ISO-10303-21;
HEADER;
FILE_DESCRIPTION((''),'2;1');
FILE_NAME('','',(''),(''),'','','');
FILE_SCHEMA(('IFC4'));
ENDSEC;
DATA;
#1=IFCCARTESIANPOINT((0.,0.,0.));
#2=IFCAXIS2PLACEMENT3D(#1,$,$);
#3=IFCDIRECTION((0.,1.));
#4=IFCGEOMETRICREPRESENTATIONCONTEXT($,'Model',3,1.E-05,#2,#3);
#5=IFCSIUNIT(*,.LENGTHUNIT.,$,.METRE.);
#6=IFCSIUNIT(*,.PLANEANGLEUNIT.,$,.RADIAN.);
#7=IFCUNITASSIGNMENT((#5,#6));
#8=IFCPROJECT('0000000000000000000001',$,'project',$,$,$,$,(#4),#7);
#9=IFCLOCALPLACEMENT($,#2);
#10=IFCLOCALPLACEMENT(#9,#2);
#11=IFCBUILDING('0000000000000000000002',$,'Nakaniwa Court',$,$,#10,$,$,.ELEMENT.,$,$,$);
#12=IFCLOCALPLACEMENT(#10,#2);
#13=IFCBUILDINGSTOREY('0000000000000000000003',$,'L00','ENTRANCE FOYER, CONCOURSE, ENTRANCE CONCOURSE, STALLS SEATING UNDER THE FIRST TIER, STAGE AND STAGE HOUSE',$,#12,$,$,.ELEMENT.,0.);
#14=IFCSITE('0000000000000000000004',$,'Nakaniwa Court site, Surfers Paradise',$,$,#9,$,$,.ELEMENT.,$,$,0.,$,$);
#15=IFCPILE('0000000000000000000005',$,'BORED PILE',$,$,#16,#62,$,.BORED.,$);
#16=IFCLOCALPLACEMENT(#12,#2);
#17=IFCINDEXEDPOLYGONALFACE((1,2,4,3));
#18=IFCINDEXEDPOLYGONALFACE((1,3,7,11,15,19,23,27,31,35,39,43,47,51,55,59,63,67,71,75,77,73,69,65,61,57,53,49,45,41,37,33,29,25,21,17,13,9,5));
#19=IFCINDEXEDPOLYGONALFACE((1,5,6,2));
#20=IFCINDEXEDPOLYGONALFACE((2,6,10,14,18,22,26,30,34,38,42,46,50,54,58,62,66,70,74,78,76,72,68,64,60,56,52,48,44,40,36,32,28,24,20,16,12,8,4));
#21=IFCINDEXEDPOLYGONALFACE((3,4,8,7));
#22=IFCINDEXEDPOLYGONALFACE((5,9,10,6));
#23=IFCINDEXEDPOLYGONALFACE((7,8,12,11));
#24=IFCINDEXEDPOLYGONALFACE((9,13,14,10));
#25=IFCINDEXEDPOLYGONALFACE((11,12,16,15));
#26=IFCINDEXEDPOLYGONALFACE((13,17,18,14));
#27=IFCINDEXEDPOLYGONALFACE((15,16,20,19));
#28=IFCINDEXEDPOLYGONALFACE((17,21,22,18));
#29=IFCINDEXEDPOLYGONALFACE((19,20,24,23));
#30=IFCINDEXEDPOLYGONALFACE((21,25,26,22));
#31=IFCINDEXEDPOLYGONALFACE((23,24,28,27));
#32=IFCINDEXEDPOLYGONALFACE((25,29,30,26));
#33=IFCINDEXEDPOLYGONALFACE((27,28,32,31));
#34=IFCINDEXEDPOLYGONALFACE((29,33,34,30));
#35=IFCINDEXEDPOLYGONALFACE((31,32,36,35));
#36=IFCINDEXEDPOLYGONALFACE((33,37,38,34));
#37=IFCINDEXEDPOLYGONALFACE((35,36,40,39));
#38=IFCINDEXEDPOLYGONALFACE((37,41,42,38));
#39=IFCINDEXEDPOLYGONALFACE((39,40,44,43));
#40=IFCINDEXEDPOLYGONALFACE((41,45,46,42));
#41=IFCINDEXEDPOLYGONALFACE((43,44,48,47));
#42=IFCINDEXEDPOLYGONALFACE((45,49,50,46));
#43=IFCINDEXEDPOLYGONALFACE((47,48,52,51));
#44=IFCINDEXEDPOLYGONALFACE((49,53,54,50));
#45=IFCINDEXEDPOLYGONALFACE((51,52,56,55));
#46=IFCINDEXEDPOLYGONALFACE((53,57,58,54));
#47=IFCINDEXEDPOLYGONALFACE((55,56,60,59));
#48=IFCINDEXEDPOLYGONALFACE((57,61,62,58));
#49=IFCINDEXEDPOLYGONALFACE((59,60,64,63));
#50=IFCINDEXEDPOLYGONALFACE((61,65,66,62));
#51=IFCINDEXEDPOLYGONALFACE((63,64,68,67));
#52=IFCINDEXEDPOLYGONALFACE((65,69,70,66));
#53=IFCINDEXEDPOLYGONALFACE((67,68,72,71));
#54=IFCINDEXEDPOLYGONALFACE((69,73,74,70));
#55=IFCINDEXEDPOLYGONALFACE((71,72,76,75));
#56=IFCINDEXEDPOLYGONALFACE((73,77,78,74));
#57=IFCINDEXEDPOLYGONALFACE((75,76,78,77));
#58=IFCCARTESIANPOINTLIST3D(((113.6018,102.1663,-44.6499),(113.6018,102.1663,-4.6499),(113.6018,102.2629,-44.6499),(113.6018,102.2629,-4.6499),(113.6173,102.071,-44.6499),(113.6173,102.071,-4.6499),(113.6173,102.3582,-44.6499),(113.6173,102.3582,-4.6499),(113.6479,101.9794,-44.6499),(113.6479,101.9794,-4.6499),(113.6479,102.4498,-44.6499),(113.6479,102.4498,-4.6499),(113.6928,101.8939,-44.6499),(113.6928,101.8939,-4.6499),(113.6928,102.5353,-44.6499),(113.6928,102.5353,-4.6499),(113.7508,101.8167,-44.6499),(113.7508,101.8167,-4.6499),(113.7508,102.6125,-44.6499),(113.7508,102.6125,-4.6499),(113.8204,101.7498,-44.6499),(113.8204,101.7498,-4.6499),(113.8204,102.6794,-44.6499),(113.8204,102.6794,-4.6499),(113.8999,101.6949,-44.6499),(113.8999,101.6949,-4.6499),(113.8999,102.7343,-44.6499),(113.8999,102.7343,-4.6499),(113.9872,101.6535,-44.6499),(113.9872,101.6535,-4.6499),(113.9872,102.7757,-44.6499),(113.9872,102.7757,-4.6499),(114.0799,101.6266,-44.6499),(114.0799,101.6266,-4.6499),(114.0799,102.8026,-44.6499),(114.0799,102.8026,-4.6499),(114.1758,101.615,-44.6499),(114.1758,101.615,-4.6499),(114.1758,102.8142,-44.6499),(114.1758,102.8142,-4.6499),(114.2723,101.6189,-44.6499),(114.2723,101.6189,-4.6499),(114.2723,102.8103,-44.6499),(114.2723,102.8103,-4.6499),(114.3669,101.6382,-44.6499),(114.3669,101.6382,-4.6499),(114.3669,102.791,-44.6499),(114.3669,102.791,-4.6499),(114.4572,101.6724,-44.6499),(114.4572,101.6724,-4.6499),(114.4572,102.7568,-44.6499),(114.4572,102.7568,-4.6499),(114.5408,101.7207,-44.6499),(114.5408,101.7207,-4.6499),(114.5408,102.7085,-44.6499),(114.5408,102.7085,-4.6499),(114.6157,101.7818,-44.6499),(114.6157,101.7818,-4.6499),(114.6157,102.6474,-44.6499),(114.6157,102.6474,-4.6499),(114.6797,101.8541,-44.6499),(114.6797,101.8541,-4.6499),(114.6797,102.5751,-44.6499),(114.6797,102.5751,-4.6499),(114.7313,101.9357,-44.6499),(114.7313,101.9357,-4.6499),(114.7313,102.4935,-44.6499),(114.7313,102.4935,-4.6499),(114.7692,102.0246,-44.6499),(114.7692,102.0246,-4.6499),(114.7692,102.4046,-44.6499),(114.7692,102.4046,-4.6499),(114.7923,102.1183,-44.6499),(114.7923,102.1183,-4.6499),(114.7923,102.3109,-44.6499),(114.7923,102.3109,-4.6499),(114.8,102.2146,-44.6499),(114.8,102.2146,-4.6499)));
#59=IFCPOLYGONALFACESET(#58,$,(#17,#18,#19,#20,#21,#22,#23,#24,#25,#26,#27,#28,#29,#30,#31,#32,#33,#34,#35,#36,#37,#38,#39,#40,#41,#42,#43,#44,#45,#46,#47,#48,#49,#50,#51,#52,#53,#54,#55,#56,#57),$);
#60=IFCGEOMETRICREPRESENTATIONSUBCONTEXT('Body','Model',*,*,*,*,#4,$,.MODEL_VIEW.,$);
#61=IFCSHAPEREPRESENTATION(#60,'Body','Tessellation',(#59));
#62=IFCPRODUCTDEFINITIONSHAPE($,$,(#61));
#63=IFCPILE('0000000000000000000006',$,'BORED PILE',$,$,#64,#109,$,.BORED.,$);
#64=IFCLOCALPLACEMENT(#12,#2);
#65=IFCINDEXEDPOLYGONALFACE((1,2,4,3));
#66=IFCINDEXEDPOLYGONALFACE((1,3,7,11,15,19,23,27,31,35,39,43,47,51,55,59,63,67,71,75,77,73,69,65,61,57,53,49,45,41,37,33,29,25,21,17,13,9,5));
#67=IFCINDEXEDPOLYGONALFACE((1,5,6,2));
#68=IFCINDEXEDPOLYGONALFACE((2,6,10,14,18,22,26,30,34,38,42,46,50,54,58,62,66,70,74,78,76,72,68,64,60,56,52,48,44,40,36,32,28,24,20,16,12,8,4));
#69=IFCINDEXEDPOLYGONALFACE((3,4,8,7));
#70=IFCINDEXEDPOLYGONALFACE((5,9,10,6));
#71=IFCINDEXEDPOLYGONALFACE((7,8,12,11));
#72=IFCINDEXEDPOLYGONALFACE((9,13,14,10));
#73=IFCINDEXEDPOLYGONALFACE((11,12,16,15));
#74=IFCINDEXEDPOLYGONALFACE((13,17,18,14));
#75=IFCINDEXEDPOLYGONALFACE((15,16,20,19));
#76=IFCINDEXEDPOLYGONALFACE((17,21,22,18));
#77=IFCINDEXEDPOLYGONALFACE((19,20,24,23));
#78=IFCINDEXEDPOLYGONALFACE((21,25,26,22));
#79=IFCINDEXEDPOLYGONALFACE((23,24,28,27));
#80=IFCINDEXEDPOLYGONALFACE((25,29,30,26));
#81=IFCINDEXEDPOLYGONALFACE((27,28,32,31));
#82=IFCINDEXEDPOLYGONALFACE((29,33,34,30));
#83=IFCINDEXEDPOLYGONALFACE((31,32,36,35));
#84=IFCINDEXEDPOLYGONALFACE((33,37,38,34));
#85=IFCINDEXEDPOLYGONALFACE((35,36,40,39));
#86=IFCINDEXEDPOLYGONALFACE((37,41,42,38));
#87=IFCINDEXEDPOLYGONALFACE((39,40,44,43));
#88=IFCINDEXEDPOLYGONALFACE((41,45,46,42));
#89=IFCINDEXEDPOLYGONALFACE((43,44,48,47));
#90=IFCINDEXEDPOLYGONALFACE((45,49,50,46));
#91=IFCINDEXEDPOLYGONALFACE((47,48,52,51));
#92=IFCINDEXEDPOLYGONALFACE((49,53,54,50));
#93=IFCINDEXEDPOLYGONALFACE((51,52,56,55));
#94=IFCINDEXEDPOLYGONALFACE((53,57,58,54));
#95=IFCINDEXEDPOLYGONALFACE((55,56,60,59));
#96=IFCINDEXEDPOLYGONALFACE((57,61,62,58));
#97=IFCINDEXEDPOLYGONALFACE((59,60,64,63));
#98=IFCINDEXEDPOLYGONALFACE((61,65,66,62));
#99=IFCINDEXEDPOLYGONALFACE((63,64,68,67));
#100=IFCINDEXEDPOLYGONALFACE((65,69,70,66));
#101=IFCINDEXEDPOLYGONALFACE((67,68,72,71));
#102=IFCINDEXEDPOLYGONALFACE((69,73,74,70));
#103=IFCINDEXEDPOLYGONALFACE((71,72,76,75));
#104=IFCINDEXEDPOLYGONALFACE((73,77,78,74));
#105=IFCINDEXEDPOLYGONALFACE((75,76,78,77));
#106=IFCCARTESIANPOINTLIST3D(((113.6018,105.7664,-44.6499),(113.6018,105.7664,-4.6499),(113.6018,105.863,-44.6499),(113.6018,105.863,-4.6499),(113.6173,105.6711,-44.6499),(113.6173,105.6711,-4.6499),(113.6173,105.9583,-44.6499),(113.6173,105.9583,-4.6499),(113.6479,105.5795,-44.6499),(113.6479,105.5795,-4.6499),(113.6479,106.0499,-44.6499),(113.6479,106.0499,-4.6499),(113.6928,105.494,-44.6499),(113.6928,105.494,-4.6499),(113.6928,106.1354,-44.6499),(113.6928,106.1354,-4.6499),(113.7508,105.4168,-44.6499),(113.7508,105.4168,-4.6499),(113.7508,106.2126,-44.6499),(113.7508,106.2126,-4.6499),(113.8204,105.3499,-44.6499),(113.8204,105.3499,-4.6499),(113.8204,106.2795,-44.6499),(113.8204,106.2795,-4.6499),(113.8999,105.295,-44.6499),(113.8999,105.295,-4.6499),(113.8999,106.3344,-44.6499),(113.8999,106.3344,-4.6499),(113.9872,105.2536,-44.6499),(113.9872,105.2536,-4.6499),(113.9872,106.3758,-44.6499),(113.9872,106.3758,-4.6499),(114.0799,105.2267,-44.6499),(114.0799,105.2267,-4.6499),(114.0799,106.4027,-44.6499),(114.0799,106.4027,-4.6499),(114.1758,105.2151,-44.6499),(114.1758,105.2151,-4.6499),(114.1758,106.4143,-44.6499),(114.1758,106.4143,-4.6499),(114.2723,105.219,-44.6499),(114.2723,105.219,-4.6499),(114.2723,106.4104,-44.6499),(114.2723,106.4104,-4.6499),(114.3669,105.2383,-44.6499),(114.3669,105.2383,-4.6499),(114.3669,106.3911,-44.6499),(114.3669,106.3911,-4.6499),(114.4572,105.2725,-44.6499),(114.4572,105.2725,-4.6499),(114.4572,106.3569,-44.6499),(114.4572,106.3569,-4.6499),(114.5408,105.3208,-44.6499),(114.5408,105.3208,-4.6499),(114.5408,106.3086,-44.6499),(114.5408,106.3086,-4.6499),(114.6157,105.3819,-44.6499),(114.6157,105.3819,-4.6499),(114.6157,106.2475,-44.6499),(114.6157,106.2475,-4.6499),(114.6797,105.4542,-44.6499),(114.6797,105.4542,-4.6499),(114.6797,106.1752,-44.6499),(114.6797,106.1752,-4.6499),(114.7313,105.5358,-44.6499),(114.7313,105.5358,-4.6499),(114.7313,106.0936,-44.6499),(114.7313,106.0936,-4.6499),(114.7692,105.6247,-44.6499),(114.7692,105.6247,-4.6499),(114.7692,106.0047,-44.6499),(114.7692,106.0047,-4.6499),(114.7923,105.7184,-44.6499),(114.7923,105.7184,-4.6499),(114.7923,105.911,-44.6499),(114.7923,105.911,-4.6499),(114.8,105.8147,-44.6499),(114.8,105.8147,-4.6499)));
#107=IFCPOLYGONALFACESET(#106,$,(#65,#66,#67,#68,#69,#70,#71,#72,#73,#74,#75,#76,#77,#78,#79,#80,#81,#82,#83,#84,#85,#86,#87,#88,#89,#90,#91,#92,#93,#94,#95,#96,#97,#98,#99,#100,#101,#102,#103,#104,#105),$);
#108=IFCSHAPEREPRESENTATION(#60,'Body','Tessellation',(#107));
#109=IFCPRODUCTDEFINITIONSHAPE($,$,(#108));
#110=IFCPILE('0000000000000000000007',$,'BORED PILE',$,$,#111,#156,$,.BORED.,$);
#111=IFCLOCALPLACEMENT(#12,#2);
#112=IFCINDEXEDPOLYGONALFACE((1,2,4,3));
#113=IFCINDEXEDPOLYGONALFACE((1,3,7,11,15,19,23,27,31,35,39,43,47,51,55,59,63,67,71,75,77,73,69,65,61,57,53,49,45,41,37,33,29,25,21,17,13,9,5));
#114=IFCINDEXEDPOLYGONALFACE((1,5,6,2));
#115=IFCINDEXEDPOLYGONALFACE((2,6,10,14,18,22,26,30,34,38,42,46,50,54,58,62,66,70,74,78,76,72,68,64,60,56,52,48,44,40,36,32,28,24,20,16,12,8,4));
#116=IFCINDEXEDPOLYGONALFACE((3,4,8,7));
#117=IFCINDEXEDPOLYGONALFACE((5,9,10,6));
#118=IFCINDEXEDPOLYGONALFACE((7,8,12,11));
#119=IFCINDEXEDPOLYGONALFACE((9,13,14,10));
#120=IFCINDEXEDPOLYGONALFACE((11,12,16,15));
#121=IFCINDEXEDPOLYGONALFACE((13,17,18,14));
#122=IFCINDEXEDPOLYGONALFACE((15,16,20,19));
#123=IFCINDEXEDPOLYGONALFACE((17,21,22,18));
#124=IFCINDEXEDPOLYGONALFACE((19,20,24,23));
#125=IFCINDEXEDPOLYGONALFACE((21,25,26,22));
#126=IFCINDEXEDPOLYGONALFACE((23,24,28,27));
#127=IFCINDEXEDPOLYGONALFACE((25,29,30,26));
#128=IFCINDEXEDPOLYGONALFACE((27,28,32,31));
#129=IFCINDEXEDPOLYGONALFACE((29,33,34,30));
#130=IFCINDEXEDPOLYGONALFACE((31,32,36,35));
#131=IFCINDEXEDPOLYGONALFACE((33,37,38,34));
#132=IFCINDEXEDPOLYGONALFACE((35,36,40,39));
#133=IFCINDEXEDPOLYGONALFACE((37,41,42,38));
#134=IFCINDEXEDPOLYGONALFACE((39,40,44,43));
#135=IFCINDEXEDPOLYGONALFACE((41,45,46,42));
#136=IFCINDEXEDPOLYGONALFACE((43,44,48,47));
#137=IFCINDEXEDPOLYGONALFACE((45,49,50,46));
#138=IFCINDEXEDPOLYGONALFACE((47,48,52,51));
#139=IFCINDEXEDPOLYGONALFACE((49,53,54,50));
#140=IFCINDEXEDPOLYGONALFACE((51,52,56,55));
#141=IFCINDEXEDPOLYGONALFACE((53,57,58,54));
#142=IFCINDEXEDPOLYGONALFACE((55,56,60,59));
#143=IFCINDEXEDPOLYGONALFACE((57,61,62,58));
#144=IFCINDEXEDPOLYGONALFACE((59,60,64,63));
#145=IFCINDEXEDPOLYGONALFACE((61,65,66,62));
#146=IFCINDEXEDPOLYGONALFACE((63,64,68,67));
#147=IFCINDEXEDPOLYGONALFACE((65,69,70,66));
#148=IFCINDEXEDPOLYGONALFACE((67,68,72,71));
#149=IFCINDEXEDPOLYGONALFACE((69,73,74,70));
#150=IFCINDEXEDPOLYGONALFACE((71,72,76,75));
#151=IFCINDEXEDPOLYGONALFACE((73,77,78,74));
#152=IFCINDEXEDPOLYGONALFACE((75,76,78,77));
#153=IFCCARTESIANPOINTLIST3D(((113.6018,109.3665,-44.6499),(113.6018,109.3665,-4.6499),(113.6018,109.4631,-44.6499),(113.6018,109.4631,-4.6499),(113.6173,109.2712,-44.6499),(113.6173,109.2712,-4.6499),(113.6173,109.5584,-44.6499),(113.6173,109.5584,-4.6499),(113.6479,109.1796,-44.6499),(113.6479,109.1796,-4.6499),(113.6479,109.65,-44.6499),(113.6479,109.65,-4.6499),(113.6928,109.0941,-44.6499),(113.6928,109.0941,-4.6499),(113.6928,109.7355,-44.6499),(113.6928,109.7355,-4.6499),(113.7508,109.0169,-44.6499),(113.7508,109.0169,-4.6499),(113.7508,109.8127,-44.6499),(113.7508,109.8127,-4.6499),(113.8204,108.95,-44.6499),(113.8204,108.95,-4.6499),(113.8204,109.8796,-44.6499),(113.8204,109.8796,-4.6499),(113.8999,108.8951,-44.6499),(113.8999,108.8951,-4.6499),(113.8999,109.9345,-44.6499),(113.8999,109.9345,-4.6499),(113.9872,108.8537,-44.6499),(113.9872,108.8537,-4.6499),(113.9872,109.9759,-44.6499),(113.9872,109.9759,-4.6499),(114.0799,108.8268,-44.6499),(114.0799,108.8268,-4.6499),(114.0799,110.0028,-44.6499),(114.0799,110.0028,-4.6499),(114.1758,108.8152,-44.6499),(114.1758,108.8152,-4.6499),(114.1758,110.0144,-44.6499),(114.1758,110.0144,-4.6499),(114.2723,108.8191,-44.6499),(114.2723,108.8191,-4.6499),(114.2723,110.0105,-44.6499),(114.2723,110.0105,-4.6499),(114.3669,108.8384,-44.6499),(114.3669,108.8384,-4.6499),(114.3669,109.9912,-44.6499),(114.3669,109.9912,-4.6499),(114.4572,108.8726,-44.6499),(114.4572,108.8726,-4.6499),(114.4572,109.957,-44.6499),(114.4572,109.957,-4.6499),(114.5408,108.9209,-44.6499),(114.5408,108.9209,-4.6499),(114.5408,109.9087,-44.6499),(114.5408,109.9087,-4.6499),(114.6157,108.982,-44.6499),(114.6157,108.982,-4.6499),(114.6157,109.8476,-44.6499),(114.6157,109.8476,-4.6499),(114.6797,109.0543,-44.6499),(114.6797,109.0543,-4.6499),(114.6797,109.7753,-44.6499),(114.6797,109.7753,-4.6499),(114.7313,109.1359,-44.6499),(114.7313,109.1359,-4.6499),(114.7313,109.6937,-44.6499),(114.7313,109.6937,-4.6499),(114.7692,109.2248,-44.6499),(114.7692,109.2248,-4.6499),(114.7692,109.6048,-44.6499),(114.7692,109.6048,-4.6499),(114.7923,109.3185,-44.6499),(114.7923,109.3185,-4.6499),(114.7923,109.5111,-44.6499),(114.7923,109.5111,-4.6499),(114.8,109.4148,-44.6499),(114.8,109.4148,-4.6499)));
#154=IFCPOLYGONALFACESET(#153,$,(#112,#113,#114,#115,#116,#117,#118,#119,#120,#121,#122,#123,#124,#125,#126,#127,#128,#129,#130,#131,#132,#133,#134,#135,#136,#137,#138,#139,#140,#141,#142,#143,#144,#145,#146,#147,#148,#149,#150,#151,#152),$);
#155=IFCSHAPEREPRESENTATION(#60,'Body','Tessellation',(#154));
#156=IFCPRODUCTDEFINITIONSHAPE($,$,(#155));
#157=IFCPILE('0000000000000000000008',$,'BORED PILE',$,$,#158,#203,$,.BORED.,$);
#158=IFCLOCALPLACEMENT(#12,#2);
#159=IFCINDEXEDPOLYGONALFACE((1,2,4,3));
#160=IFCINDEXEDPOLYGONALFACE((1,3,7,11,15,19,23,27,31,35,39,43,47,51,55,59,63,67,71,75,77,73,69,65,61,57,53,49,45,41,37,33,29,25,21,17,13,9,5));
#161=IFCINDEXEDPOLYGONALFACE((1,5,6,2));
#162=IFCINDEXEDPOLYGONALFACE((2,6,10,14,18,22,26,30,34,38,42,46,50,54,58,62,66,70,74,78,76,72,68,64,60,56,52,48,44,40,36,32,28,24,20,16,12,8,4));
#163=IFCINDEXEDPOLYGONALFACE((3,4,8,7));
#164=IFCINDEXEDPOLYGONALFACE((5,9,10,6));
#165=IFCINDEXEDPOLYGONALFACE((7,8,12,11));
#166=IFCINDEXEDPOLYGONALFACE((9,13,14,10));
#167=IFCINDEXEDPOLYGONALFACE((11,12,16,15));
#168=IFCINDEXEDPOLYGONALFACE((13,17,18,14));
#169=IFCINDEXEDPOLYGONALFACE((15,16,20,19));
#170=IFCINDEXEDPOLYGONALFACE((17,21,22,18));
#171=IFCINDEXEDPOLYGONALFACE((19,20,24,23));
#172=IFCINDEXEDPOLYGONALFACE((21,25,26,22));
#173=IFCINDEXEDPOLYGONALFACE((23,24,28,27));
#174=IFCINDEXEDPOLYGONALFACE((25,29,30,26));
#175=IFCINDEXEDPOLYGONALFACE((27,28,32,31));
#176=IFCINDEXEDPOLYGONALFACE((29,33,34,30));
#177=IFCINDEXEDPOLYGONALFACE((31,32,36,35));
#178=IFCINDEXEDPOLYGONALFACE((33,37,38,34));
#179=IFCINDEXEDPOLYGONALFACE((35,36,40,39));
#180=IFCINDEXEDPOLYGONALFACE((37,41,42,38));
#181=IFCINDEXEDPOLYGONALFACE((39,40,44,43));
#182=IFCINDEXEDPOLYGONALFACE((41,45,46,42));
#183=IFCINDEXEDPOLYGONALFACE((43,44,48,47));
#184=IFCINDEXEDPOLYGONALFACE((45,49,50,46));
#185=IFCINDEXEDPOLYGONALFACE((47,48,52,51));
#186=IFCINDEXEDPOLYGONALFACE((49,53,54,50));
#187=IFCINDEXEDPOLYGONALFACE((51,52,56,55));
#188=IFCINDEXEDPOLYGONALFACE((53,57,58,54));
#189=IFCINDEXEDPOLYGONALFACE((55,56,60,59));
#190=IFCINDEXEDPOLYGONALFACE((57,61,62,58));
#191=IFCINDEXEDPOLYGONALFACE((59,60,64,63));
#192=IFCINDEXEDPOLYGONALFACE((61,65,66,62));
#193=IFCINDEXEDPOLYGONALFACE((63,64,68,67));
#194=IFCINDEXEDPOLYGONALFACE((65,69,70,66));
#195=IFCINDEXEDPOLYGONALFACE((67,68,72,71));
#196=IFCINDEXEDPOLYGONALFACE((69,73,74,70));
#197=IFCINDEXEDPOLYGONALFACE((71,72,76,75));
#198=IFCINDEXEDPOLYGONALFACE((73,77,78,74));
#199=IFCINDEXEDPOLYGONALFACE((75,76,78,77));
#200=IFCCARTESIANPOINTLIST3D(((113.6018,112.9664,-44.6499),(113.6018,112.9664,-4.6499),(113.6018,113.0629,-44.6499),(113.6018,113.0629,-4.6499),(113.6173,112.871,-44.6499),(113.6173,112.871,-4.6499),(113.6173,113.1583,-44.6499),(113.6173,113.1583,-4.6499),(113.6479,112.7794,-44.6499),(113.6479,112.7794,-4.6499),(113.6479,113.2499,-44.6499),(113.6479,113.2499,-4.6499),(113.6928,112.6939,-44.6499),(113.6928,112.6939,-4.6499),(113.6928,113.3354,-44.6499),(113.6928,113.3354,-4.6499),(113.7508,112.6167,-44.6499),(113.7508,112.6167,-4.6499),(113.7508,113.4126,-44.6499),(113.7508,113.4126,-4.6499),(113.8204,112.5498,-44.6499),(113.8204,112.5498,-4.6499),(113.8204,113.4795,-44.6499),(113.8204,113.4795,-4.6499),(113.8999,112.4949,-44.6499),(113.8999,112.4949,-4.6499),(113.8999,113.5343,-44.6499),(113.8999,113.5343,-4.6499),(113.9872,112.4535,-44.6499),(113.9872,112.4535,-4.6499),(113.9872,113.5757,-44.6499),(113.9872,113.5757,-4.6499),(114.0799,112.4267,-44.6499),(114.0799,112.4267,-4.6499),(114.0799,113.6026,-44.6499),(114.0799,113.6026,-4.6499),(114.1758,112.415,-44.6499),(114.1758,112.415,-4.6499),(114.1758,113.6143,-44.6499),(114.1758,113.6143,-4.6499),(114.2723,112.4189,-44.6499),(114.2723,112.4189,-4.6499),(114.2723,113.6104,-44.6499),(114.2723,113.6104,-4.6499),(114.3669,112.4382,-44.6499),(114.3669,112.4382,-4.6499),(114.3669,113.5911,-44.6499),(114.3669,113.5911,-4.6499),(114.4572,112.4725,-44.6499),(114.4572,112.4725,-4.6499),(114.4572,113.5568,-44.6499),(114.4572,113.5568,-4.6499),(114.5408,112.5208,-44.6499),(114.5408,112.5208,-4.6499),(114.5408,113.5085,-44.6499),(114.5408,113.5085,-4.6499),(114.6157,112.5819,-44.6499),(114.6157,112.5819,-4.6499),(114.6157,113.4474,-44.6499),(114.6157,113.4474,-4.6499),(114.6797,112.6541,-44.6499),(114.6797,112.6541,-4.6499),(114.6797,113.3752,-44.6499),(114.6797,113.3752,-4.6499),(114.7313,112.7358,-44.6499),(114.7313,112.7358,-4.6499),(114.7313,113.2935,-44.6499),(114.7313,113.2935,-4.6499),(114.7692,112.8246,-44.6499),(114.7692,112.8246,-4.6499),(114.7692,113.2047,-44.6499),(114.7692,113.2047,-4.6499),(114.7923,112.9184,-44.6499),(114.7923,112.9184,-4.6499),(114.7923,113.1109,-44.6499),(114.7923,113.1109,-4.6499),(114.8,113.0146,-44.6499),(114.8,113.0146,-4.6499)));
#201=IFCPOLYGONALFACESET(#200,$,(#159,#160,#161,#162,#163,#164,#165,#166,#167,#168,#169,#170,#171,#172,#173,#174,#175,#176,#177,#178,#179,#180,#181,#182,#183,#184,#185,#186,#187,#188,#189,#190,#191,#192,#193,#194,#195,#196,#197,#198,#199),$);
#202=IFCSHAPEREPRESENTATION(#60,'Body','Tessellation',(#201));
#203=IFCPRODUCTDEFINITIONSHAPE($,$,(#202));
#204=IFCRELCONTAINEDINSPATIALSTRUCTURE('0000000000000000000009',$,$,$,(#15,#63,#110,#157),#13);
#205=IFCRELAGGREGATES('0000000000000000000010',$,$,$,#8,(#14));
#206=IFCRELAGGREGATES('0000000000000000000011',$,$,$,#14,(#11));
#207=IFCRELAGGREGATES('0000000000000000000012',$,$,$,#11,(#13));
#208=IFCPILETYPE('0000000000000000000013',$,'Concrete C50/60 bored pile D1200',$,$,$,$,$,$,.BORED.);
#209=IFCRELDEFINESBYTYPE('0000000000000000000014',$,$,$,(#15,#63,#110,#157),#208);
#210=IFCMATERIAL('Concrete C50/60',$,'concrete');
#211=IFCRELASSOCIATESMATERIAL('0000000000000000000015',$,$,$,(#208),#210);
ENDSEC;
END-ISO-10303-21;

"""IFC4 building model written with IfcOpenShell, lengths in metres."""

from ifc_helpers import new_model, si_unit, direction, frame, origin, origin_2d, place, context, subcontext, project, spatial, circle, extrude, material, material_profile, profile_set, type_object, element, save


model = new_model("IFC4")

# Units and contexts
model_context = context("Model", 3, precision=1e-05, world=origin(), true_north=direction((0.0, 1.0)))
body_context = subcontext(model_context, "Body", "Model", "MODEL_VIEW")
ifc_project = project(units=[si_unit("LENGTHUNIT", "METRE"), si_unit("PLANEANGLEUNIT", "RADIAN")], contexts=[model_context])

# Site, building, storey
site_placement = place(None, origin())
site = spatial("IfcSite", under=ifc_project, at=site_placement, Name="Nakaniwa Court site, Surfers Paradise", CompositionType="ELEMENT", RefElevation=0.0)
building_placement = place(site_placement, origin())
building = spatial("IfcBuilding", under=site, at=building_placement, Name="Nakaniwa Court", CompositionType="ELEMENT")
storey_placement = place(building_placement, origin())
storey = spatial("IfcBuildingStorey", under=building, at=storey_placement, Name="L00", Description="ENTRANCE FOYER, CONCOURSE, ENTRANCE CONCOURSE, STALLS SEATING UNDER THE FIRST TIER, STAGE AND STAGE HOUSE", CompositionType="ELEMENT", Elevation=0.0)

# Piles
ifc_material_1 = material(Name="Concrete C50/60", Category="concrete")
ifc_material_profile_1 = material_profile(ifc_material_1, circle(Radius=0.6001, at=origin_2d()), Name="Concrete C50/60 bored pile D1200")
ifc_profile_set_1 = profile_set([ifc_material_profile_1], Name="Concrete C50/60")
pile_type = type_object("IfcPileType", Name="Concrete C50/60 bored pile D1200", PredefinedType="BORED", material=ifc_profile_set_1)
for number, where, z_axis, x_axis, name in (
    (1, (114.2, 102.2146, -4.6499), (0.0, 0.0, -1.0), (1.0, 0.0, 0.0), "BORED PILE"),
    (2, (114.2, 105.8147, -4.6499), (0.0, 0.0, -1.0), (1.0, 0.0, 0.0), "BORED PILE"),
    (3, (114.2, 109.4148, -4.6499), (0.0, 0.0, -1.0), (1.0, 0.0, 0.0), "BORED PILE"),
    (4, (114.2, 113.0146, -4.6499), (0.0, 0.0, -1.0), (1.0, 0.0, 0.0), "BORED PILE"),
):
    element("IfcPile", number, at=place(storey_placement, frame(where, z_axis=z_axis, x_axis=x_axis)), inside=storey, type_object=pile_type, Name=name, PredefinedType="BORED", context=body_context, shape_type="SweptSolid", body=[
        extrude(circle(Radius=0.6001, at=origin_2d()), origin(), (0.0, 0.0, 1.0), 40.0),
    ])

save(model, "model.ifc")
